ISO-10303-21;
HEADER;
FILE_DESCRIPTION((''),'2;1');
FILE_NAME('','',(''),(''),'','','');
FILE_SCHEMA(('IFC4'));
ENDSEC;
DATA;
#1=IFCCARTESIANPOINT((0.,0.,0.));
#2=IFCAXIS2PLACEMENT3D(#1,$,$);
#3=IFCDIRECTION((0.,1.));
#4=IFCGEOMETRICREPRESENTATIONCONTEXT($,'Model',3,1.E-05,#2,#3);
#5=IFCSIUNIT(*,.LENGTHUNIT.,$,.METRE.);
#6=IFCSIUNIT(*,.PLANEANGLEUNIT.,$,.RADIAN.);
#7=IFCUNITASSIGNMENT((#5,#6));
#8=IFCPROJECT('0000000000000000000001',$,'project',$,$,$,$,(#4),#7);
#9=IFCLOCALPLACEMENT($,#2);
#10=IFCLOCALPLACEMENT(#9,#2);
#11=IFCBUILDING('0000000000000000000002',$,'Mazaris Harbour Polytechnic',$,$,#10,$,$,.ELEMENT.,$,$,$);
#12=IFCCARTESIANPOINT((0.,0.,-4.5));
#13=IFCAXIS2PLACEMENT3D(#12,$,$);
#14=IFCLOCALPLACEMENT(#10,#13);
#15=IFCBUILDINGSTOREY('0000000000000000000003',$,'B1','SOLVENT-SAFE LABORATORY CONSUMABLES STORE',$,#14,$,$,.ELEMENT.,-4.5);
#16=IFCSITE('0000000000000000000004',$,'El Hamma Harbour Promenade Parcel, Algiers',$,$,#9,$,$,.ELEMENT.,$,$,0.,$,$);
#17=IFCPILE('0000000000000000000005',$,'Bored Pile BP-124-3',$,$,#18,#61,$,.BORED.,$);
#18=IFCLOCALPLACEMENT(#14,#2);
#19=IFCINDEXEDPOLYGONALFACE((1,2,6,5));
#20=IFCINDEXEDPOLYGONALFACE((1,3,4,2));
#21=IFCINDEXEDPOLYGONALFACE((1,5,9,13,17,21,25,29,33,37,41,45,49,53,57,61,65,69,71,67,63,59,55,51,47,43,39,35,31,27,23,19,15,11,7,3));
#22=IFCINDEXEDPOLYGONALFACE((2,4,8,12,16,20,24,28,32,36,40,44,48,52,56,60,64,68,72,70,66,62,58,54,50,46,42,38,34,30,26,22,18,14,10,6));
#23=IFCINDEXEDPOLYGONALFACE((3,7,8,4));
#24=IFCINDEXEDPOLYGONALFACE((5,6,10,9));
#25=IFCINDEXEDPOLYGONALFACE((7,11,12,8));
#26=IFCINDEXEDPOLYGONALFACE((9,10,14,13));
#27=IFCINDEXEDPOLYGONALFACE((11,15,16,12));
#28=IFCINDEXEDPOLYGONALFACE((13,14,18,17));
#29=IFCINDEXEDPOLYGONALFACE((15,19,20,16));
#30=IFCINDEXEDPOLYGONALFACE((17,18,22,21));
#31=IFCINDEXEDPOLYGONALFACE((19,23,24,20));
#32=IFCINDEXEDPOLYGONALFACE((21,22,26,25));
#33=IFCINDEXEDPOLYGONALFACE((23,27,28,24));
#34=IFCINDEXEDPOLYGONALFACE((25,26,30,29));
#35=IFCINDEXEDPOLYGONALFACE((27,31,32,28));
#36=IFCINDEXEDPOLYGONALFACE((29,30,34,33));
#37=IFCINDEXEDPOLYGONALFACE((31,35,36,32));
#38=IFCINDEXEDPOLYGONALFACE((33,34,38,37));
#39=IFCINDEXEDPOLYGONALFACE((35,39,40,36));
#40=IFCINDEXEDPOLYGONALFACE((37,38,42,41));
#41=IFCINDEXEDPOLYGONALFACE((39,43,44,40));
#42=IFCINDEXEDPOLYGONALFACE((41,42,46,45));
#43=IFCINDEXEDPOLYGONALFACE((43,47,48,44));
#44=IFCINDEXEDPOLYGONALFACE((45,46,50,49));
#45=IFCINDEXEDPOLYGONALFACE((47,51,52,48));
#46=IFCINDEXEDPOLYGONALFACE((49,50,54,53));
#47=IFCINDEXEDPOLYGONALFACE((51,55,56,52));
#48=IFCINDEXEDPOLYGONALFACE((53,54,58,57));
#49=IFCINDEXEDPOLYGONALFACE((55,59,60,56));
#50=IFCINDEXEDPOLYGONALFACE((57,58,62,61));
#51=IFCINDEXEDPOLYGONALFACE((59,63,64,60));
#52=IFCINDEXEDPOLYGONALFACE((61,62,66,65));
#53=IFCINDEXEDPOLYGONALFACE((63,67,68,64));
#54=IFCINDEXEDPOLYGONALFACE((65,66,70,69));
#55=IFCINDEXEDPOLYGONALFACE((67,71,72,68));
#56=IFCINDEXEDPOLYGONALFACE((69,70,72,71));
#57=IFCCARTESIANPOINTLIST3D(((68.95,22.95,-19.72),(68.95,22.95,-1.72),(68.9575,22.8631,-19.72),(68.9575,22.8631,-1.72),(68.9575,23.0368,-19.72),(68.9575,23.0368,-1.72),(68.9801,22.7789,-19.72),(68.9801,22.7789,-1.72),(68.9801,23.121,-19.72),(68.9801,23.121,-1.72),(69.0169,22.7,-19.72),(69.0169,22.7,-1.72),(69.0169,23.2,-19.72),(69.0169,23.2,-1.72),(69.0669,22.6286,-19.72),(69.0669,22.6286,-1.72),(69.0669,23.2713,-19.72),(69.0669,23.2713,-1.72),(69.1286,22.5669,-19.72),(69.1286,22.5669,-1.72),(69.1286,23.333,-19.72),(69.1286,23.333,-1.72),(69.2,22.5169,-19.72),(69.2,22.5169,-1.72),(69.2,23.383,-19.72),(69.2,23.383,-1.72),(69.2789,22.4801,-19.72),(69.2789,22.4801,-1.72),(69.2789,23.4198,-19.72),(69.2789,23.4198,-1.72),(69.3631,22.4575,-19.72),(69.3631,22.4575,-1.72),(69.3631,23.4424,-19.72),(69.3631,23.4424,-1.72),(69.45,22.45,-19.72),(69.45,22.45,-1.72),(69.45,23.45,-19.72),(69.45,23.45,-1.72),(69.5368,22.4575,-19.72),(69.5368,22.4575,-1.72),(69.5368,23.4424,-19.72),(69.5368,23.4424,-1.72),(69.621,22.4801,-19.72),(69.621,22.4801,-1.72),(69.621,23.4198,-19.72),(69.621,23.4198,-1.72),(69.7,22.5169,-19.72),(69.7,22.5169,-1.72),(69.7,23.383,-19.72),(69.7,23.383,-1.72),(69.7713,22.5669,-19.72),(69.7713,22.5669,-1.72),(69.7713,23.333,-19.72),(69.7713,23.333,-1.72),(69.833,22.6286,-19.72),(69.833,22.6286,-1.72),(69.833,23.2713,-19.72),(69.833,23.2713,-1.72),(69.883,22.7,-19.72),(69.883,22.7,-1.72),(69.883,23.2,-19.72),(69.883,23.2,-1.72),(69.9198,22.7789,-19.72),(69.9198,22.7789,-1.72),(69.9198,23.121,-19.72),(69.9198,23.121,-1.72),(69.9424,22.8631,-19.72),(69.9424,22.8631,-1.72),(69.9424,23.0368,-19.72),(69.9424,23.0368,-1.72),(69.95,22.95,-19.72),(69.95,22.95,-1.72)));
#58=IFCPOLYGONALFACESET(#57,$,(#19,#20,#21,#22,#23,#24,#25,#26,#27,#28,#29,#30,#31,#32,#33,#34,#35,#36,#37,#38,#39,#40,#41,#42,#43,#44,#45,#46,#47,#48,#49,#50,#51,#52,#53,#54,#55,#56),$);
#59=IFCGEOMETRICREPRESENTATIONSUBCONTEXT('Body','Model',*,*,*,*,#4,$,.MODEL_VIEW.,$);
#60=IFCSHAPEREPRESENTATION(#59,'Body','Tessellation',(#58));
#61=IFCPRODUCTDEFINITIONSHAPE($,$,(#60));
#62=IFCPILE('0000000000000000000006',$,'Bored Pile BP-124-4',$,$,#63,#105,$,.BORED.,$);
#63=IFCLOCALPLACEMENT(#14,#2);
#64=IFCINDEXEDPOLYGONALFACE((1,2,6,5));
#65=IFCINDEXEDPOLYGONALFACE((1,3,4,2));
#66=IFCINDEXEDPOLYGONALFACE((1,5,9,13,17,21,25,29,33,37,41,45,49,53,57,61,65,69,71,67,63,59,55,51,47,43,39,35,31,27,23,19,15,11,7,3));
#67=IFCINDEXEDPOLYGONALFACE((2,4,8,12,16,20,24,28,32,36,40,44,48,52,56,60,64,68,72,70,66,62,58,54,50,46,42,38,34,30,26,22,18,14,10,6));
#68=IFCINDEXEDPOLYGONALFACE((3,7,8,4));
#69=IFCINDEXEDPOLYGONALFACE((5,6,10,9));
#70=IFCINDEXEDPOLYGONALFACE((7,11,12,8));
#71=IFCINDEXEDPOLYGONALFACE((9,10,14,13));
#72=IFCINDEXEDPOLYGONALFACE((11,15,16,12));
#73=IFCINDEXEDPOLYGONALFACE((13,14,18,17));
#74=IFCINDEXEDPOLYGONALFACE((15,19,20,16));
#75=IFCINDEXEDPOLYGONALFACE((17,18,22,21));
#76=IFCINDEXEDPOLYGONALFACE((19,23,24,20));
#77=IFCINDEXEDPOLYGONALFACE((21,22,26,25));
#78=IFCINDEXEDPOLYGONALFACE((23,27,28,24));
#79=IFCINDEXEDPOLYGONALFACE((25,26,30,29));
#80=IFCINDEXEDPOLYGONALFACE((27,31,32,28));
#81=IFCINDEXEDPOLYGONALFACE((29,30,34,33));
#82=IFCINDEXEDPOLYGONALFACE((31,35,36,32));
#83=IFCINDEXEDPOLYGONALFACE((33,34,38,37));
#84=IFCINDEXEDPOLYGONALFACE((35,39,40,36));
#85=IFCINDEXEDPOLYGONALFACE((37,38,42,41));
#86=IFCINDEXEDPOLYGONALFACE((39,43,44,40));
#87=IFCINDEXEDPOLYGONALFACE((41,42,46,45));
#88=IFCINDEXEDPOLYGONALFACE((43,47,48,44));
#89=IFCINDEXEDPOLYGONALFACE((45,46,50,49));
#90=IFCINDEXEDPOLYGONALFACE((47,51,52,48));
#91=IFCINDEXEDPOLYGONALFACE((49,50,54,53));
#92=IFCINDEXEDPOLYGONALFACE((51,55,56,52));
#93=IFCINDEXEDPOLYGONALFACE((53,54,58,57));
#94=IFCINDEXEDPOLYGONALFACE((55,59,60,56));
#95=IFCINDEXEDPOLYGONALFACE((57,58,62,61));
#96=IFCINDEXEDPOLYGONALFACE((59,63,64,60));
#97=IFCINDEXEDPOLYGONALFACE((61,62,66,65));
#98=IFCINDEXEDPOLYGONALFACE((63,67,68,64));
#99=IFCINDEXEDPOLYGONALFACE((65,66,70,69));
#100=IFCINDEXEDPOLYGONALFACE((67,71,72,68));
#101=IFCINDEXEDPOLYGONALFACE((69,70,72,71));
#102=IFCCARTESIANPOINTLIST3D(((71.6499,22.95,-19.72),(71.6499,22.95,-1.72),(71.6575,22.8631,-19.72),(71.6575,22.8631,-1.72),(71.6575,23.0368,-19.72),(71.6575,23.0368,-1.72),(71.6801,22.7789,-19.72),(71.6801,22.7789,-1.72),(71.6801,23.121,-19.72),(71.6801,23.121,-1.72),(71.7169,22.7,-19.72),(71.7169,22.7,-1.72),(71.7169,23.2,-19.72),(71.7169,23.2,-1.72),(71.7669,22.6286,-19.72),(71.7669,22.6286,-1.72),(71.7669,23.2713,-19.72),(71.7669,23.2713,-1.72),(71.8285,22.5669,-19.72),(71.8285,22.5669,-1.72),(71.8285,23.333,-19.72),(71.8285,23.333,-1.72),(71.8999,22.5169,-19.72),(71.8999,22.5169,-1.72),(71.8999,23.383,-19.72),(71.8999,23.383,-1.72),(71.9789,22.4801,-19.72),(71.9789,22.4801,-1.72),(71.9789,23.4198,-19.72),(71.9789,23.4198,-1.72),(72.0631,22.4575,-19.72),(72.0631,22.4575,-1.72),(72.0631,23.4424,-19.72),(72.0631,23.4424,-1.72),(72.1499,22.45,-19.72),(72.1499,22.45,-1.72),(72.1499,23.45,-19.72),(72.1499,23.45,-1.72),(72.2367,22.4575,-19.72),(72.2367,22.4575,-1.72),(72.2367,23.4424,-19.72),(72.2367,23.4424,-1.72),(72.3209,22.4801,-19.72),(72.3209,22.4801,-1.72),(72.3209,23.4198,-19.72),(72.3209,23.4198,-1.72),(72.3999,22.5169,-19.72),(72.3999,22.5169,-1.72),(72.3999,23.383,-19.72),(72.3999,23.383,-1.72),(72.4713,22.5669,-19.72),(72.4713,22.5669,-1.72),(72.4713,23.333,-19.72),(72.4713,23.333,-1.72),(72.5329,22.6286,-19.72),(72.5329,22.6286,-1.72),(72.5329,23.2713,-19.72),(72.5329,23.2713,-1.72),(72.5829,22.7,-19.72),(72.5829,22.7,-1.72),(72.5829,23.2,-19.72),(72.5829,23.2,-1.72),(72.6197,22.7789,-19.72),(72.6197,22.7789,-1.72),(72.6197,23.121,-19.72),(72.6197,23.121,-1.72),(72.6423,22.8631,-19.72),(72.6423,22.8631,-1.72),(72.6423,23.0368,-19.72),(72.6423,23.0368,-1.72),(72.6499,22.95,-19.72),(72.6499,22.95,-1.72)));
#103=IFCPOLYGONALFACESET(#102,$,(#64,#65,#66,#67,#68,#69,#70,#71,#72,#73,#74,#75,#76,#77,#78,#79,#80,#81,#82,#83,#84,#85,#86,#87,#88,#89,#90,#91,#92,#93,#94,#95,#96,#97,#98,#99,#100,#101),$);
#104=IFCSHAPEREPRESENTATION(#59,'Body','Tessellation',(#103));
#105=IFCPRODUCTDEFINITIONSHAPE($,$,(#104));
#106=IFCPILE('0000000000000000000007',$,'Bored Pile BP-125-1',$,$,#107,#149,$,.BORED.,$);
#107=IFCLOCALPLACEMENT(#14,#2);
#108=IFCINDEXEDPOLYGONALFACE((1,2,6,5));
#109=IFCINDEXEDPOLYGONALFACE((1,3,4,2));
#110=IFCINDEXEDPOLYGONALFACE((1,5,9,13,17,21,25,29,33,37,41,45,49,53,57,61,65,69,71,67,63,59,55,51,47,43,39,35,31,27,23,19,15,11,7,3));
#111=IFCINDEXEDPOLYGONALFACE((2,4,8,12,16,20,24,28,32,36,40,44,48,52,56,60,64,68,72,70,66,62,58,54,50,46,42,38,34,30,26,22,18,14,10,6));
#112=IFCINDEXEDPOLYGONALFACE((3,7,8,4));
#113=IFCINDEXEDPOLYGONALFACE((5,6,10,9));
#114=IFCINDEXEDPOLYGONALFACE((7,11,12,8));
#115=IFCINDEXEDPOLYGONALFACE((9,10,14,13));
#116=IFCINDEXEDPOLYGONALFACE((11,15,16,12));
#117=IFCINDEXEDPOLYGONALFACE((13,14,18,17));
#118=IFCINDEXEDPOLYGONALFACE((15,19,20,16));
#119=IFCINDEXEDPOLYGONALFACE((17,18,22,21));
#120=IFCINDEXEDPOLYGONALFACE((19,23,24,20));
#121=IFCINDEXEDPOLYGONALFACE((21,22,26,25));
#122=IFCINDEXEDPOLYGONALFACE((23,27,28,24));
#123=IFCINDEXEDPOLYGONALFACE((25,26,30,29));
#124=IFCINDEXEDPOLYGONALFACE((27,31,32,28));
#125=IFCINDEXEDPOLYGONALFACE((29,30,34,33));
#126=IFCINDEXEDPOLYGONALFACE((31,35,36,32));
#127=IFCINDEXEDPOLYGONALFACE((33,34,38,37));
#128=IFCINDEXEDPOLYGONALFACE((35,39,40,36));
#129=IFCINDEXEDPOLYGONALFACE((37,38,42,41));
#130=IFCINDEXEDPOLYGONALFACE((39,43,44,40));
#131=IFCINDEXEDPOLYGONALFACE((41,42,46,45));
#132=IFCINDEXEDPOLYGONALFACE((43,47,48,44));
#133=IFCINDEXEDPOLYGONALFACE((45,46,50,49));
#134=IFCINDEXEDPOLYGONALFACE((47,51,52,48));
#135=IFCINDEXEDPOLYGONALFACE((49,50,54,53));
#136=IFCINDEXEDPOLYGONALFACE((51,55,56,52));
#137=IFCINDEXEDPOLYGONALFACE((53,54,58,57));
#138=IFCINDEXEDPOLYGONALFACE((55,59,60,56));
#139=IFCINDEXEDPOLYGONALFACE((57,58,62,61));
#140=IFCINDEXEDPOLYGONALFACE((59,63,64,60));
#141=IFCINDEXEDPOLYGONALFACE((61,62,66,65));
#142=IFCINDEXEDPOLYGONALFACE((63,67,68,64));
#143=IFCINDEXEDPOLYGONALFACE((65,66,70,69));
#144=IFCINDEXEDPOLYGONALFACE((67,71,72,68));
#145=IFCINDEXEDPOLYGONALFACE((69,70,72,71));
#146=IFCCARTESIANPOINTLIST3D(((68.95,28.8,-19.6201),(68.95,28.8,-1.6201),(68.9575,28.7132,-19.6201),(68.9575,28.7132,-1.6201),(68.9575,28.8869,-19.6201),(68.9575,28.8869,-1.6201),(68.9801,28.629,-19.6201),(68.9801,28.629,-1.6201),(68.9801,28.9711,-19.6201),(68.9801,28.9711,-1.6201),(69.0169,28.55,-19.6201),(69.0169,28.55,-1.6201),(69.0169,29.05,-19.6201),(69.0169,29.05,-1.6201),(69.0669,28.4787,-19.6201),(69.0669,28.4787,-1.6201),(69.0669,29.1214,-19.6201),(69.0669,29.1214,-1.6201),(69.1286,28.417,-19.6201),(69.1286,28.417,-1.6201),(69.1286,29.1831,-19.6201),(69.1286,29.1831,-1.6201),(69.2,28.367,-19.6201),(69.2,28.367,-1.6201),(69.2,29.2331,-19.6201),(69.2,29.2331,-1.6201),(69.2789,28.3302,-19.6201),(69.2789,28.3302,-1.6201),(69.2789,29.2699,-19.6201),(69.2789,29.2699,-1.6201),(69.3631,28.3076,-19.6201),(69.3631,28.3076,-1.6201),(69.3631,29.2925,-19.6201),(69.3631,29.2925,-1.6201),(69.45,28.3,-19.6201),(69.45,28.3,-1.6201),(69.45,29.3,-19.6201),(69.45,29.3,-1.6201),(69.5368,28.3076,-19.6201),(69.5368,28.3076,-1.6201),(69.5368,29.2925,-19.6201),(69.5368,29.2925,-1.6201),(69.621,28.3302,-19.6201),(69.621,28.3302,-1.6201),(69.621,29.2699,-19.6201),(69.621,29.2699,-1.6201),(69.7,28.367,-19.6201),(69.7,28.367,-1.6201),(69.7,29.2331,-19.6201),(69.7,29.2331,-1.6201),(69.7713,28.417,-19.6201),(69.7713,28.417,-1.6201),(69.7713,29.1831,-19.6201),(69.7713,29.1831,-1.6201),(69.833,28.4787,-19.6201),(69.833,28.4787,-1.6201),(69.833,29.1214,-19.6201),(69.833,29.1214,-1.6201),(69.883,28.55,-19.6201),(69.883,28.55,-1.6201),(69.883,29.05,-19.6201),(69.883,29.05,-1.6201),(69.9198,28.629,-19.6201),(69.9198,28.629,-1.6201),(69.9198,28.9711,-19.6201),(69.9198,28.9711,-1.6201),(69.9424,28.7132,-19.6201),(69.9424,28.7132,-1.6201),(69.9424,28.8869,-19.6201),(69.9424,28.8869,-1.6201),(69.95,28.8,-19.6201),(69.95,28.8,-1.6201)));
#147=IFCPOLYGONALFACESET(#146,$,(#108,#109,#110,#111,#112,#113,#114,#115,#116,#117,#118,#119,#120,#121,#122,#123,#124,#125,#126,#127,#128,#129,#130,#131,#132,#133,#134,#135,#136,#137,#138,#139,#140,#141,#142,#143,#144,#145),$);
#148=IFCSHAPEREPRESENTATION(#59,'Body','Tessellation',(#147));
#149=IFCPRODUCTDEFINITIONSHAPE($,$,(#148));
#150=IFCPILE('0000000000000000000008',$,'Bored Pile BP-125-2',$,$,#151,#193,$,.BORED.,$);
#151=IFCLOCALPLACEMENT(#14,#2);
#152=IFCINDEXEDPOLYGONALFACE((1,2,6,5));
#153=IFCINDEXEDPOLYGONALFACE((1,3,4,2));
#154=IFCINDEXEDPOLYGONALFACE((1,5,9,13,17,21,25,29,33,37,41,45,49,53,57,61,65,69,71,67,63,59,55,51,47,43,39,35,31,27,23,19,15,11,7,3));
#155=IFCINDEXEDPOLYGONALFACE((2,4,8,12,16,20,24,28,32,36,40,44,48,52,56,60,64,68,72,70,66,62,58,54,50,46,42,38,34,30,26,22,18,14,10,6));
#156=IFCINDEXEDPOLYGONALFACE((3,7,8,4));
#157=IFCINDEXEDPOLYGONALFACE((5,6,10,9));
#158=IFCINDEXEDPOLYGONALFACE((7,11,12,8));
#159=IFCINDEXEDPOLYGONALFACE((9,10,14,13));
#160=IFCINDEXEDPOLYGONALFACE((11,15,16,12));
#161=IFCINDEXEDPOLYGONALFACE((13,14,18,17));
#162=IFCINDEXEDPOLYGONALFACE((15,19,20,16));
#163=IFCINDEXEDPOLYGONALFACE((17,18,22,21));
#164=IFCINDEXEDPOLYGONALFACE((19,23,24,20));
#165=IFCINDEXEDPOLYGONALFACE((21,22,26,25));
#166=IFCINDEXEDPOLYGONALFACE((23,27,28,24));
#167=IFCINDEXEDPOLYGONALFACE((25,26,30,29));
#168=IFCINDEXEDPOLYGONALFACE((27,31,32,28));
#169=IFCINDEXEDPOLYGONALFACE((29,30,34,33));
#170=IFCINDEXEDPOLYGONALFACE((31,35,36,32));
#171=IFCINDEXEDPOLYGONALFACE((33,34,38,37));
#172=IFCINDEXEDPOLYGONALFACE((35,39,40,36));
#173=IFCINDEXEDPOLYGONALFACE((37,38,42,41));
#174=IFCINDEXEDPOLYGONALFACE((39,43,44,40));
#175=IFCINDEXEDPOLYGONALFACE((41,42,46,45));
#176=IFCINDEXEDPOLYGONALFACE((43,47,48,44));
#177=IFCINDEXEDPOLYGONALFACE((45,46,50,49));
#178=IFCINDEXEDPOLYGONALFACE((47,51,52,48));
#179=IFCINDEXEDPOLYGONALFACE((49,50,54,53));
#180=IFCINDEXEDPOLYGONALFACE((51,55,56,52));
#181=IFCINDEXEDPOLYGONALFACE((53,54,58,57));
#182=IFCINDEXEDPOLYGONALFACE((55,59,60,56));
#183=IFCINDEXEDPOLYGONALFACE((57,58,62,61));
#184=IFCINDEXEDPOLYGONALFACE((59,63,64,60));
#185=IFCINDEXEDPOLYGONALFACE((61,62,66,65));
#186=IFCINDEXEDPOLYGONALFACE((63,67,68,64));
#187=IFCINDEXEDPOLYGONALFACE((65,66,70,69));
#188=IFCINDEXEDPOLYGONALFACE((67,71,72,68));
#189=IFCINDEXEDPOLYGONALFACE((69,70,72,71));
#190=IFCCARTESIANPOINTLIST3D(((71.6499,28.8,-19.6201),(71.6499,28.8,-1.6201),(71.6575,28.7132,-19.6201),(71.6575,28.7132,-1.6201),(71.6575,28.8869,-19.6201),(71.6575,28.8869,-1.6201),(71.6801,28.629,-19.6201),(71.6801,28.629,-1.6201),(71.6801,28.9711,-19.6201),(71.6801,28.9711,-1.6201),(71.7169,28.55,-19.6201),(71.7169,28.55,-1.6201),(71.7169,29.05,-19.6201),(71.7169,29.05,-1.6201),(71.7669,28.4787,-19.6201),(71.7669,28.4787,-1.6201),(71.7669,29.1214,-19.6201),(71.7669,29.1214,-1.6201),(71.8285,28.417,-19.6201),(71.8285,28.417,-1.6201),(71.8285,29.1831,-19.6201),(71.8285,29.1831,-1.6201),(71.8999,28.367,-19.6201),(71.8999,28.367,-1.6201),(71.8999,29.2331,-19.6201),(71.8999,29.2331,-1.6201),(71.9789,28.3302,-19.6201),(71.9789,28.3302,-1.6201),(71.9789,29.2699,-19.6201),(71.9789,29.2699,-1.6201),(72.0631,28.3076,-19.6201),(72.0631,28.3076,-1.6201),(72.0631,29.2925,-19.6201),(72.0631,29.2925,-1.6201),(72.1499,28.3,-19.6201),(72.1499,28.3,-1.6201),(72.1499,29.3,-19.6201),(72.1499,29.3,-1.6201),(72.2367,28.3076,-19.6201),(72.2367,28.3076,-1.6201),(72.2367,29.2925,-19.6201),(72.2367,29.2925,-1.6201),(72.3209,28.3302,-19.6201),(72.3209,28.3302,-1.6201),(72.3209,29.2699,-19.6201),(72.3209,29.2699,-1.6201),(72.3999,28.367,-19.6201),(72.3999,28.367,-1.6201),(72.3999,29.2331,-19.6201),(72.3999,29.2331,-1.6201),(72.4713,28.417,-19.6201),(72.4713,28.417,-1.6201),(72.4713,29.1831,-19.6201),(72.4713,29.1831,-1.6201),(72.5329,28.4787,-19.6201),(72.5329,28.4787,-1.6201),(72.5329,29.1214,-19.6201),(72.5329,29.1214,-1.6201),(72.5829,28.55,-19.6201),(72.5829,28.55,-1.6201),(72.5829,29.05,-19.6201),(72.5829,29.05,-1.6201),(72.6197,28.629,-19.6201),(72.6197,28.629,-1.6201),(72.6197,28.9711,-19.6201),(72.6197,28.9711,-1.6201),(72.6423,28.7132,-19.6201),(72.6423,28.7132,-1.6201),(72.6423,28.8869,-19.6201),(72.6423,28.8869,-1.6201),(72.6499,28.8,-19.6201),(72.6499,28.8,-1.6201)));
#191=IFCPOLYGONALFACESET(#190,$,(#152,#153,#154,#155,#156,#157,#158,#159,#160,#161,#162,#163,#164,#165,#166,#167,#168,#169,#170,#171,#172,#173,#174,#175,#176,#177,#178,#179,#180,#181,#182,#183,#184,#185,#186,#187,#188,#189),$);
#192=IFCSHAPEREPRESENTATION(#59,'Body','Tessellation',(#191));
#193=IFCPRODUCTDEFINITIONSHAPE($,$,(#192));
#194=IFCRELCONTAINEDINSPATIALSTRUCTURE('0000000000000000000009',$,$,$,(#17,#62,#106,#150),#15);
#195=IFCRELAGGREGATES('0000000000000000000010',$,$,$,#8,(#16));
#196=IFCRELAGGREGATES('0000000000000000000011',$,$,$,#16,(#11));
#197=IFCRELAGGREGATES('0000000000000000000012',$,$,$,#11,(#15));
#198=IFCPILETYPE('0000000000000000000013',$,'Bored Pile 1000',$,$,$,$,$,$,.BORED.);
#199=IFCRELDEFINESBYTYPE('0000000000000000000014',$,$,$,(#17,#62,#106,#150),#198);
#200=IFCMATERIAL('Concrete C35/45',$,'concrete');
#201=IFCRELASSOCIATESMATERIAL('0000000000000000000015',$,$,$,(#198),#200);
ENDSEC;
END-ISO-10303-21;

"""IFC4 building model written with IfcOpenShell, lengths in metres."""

from ifc_helpers import new_model, si_unit, direction, frame, origin, origin_2d, place, context, subcontext, project, spatial, circle, extrude, material, material_profile, profile_set, type_object, element, save


model = new_model("IFC4")

# Units and contexts
model_context = context("Model", 3, precision=1e-05, world=origin(), true_north=direction((0.0, 1.0)))
body_context = subcontext(model_context, "Body", "Model", "MODEL_VIEW")
ifc_project = project(units=[si_unit("LENGTHUNIT", "METRE"), si_unit("PLANEANGLEUNIT", "RADIAN")], contexts=[model_context])

# Site, building, storey
site_placement = place(None, origin())
site = spatial("IfcSite", under=ifc_project, at=site_placement, Name="El Hamma Harbour Promenade Parcel, Algiers", CompositionType="ELEMENT", RefElevation=0.0)
building_placement = place(site_placement, origin())
building = spatial("IfcBuilding", under=site, at=building_placement, Name="Mazaris Harbour Polytechnic", CompositionType="ELEMENT")
storey_placement = place(building_placement, frame((0.0, 0.0, -4.5)))
storey = spatial("IfcBuildingStorey", under=building, at=storey_placement, Name="B1", Description="SOLVENT-SAFE LABORATORY CONSUMABLES STORE", CompositionType="ELEMENT", Elevation=-4.5)

# Piles
ifc_material_1 = material(Name="Concrete C35/45", Category="concrete")
ifc_material_profile_1 = material_profile(ifc_material_1, circle(Radius=0.5, at=origin_2d()), Name="DIA1000")
ifc_profile_set_1 = profile_set([ifc_material_profile_1], Name="Concrete C35/45")
pile_type_1 = type_object("IfcPileType", Name="Bored Pile 1000", PredefinedType="BORED", material=ifc_profile_set_1)
for number, where, z_axis, x_axis, name in (
    (1, (69.45, 22.95, -1.72), (0.0, 0.0, -1.0), (1.0, 0.0, 0.0), "Bored Pile BP-124-3"),
    (2, (72.1499, 22.95, -1.72), (0.0, 0.0, -1.0), (1.0, 0.0, 0.0), "Bored Pile BP-124-4"),
    (3, (69.45, 28.8, -1.6201), (0.0, 0.0, -1.0), (1.0, 0.0, 0.0), "Bored Pile BP-125-1"),
    (4, (72.1499, 28.8, -1.6201), (0.0, 0.0, -1.0), (1.0, 0.0, 0.0), "Bored Pile BP-125-2"),
):
    element("IfcPile", number, at=place(storey_placement, frame(where, z_axis=z_axis, x_axis=x_axis)), inside=storey, type_object=pile_type_1, Name=name, PredefinedType="BORED", context=body_context, shape_type="SweptSolid", body=[
        extrude(circle(Radius=0.5, at=origin_2d()), origin(), (0.0, 0.0, 1.0), 18.0),
    ])

save(model, "model.ifc")
